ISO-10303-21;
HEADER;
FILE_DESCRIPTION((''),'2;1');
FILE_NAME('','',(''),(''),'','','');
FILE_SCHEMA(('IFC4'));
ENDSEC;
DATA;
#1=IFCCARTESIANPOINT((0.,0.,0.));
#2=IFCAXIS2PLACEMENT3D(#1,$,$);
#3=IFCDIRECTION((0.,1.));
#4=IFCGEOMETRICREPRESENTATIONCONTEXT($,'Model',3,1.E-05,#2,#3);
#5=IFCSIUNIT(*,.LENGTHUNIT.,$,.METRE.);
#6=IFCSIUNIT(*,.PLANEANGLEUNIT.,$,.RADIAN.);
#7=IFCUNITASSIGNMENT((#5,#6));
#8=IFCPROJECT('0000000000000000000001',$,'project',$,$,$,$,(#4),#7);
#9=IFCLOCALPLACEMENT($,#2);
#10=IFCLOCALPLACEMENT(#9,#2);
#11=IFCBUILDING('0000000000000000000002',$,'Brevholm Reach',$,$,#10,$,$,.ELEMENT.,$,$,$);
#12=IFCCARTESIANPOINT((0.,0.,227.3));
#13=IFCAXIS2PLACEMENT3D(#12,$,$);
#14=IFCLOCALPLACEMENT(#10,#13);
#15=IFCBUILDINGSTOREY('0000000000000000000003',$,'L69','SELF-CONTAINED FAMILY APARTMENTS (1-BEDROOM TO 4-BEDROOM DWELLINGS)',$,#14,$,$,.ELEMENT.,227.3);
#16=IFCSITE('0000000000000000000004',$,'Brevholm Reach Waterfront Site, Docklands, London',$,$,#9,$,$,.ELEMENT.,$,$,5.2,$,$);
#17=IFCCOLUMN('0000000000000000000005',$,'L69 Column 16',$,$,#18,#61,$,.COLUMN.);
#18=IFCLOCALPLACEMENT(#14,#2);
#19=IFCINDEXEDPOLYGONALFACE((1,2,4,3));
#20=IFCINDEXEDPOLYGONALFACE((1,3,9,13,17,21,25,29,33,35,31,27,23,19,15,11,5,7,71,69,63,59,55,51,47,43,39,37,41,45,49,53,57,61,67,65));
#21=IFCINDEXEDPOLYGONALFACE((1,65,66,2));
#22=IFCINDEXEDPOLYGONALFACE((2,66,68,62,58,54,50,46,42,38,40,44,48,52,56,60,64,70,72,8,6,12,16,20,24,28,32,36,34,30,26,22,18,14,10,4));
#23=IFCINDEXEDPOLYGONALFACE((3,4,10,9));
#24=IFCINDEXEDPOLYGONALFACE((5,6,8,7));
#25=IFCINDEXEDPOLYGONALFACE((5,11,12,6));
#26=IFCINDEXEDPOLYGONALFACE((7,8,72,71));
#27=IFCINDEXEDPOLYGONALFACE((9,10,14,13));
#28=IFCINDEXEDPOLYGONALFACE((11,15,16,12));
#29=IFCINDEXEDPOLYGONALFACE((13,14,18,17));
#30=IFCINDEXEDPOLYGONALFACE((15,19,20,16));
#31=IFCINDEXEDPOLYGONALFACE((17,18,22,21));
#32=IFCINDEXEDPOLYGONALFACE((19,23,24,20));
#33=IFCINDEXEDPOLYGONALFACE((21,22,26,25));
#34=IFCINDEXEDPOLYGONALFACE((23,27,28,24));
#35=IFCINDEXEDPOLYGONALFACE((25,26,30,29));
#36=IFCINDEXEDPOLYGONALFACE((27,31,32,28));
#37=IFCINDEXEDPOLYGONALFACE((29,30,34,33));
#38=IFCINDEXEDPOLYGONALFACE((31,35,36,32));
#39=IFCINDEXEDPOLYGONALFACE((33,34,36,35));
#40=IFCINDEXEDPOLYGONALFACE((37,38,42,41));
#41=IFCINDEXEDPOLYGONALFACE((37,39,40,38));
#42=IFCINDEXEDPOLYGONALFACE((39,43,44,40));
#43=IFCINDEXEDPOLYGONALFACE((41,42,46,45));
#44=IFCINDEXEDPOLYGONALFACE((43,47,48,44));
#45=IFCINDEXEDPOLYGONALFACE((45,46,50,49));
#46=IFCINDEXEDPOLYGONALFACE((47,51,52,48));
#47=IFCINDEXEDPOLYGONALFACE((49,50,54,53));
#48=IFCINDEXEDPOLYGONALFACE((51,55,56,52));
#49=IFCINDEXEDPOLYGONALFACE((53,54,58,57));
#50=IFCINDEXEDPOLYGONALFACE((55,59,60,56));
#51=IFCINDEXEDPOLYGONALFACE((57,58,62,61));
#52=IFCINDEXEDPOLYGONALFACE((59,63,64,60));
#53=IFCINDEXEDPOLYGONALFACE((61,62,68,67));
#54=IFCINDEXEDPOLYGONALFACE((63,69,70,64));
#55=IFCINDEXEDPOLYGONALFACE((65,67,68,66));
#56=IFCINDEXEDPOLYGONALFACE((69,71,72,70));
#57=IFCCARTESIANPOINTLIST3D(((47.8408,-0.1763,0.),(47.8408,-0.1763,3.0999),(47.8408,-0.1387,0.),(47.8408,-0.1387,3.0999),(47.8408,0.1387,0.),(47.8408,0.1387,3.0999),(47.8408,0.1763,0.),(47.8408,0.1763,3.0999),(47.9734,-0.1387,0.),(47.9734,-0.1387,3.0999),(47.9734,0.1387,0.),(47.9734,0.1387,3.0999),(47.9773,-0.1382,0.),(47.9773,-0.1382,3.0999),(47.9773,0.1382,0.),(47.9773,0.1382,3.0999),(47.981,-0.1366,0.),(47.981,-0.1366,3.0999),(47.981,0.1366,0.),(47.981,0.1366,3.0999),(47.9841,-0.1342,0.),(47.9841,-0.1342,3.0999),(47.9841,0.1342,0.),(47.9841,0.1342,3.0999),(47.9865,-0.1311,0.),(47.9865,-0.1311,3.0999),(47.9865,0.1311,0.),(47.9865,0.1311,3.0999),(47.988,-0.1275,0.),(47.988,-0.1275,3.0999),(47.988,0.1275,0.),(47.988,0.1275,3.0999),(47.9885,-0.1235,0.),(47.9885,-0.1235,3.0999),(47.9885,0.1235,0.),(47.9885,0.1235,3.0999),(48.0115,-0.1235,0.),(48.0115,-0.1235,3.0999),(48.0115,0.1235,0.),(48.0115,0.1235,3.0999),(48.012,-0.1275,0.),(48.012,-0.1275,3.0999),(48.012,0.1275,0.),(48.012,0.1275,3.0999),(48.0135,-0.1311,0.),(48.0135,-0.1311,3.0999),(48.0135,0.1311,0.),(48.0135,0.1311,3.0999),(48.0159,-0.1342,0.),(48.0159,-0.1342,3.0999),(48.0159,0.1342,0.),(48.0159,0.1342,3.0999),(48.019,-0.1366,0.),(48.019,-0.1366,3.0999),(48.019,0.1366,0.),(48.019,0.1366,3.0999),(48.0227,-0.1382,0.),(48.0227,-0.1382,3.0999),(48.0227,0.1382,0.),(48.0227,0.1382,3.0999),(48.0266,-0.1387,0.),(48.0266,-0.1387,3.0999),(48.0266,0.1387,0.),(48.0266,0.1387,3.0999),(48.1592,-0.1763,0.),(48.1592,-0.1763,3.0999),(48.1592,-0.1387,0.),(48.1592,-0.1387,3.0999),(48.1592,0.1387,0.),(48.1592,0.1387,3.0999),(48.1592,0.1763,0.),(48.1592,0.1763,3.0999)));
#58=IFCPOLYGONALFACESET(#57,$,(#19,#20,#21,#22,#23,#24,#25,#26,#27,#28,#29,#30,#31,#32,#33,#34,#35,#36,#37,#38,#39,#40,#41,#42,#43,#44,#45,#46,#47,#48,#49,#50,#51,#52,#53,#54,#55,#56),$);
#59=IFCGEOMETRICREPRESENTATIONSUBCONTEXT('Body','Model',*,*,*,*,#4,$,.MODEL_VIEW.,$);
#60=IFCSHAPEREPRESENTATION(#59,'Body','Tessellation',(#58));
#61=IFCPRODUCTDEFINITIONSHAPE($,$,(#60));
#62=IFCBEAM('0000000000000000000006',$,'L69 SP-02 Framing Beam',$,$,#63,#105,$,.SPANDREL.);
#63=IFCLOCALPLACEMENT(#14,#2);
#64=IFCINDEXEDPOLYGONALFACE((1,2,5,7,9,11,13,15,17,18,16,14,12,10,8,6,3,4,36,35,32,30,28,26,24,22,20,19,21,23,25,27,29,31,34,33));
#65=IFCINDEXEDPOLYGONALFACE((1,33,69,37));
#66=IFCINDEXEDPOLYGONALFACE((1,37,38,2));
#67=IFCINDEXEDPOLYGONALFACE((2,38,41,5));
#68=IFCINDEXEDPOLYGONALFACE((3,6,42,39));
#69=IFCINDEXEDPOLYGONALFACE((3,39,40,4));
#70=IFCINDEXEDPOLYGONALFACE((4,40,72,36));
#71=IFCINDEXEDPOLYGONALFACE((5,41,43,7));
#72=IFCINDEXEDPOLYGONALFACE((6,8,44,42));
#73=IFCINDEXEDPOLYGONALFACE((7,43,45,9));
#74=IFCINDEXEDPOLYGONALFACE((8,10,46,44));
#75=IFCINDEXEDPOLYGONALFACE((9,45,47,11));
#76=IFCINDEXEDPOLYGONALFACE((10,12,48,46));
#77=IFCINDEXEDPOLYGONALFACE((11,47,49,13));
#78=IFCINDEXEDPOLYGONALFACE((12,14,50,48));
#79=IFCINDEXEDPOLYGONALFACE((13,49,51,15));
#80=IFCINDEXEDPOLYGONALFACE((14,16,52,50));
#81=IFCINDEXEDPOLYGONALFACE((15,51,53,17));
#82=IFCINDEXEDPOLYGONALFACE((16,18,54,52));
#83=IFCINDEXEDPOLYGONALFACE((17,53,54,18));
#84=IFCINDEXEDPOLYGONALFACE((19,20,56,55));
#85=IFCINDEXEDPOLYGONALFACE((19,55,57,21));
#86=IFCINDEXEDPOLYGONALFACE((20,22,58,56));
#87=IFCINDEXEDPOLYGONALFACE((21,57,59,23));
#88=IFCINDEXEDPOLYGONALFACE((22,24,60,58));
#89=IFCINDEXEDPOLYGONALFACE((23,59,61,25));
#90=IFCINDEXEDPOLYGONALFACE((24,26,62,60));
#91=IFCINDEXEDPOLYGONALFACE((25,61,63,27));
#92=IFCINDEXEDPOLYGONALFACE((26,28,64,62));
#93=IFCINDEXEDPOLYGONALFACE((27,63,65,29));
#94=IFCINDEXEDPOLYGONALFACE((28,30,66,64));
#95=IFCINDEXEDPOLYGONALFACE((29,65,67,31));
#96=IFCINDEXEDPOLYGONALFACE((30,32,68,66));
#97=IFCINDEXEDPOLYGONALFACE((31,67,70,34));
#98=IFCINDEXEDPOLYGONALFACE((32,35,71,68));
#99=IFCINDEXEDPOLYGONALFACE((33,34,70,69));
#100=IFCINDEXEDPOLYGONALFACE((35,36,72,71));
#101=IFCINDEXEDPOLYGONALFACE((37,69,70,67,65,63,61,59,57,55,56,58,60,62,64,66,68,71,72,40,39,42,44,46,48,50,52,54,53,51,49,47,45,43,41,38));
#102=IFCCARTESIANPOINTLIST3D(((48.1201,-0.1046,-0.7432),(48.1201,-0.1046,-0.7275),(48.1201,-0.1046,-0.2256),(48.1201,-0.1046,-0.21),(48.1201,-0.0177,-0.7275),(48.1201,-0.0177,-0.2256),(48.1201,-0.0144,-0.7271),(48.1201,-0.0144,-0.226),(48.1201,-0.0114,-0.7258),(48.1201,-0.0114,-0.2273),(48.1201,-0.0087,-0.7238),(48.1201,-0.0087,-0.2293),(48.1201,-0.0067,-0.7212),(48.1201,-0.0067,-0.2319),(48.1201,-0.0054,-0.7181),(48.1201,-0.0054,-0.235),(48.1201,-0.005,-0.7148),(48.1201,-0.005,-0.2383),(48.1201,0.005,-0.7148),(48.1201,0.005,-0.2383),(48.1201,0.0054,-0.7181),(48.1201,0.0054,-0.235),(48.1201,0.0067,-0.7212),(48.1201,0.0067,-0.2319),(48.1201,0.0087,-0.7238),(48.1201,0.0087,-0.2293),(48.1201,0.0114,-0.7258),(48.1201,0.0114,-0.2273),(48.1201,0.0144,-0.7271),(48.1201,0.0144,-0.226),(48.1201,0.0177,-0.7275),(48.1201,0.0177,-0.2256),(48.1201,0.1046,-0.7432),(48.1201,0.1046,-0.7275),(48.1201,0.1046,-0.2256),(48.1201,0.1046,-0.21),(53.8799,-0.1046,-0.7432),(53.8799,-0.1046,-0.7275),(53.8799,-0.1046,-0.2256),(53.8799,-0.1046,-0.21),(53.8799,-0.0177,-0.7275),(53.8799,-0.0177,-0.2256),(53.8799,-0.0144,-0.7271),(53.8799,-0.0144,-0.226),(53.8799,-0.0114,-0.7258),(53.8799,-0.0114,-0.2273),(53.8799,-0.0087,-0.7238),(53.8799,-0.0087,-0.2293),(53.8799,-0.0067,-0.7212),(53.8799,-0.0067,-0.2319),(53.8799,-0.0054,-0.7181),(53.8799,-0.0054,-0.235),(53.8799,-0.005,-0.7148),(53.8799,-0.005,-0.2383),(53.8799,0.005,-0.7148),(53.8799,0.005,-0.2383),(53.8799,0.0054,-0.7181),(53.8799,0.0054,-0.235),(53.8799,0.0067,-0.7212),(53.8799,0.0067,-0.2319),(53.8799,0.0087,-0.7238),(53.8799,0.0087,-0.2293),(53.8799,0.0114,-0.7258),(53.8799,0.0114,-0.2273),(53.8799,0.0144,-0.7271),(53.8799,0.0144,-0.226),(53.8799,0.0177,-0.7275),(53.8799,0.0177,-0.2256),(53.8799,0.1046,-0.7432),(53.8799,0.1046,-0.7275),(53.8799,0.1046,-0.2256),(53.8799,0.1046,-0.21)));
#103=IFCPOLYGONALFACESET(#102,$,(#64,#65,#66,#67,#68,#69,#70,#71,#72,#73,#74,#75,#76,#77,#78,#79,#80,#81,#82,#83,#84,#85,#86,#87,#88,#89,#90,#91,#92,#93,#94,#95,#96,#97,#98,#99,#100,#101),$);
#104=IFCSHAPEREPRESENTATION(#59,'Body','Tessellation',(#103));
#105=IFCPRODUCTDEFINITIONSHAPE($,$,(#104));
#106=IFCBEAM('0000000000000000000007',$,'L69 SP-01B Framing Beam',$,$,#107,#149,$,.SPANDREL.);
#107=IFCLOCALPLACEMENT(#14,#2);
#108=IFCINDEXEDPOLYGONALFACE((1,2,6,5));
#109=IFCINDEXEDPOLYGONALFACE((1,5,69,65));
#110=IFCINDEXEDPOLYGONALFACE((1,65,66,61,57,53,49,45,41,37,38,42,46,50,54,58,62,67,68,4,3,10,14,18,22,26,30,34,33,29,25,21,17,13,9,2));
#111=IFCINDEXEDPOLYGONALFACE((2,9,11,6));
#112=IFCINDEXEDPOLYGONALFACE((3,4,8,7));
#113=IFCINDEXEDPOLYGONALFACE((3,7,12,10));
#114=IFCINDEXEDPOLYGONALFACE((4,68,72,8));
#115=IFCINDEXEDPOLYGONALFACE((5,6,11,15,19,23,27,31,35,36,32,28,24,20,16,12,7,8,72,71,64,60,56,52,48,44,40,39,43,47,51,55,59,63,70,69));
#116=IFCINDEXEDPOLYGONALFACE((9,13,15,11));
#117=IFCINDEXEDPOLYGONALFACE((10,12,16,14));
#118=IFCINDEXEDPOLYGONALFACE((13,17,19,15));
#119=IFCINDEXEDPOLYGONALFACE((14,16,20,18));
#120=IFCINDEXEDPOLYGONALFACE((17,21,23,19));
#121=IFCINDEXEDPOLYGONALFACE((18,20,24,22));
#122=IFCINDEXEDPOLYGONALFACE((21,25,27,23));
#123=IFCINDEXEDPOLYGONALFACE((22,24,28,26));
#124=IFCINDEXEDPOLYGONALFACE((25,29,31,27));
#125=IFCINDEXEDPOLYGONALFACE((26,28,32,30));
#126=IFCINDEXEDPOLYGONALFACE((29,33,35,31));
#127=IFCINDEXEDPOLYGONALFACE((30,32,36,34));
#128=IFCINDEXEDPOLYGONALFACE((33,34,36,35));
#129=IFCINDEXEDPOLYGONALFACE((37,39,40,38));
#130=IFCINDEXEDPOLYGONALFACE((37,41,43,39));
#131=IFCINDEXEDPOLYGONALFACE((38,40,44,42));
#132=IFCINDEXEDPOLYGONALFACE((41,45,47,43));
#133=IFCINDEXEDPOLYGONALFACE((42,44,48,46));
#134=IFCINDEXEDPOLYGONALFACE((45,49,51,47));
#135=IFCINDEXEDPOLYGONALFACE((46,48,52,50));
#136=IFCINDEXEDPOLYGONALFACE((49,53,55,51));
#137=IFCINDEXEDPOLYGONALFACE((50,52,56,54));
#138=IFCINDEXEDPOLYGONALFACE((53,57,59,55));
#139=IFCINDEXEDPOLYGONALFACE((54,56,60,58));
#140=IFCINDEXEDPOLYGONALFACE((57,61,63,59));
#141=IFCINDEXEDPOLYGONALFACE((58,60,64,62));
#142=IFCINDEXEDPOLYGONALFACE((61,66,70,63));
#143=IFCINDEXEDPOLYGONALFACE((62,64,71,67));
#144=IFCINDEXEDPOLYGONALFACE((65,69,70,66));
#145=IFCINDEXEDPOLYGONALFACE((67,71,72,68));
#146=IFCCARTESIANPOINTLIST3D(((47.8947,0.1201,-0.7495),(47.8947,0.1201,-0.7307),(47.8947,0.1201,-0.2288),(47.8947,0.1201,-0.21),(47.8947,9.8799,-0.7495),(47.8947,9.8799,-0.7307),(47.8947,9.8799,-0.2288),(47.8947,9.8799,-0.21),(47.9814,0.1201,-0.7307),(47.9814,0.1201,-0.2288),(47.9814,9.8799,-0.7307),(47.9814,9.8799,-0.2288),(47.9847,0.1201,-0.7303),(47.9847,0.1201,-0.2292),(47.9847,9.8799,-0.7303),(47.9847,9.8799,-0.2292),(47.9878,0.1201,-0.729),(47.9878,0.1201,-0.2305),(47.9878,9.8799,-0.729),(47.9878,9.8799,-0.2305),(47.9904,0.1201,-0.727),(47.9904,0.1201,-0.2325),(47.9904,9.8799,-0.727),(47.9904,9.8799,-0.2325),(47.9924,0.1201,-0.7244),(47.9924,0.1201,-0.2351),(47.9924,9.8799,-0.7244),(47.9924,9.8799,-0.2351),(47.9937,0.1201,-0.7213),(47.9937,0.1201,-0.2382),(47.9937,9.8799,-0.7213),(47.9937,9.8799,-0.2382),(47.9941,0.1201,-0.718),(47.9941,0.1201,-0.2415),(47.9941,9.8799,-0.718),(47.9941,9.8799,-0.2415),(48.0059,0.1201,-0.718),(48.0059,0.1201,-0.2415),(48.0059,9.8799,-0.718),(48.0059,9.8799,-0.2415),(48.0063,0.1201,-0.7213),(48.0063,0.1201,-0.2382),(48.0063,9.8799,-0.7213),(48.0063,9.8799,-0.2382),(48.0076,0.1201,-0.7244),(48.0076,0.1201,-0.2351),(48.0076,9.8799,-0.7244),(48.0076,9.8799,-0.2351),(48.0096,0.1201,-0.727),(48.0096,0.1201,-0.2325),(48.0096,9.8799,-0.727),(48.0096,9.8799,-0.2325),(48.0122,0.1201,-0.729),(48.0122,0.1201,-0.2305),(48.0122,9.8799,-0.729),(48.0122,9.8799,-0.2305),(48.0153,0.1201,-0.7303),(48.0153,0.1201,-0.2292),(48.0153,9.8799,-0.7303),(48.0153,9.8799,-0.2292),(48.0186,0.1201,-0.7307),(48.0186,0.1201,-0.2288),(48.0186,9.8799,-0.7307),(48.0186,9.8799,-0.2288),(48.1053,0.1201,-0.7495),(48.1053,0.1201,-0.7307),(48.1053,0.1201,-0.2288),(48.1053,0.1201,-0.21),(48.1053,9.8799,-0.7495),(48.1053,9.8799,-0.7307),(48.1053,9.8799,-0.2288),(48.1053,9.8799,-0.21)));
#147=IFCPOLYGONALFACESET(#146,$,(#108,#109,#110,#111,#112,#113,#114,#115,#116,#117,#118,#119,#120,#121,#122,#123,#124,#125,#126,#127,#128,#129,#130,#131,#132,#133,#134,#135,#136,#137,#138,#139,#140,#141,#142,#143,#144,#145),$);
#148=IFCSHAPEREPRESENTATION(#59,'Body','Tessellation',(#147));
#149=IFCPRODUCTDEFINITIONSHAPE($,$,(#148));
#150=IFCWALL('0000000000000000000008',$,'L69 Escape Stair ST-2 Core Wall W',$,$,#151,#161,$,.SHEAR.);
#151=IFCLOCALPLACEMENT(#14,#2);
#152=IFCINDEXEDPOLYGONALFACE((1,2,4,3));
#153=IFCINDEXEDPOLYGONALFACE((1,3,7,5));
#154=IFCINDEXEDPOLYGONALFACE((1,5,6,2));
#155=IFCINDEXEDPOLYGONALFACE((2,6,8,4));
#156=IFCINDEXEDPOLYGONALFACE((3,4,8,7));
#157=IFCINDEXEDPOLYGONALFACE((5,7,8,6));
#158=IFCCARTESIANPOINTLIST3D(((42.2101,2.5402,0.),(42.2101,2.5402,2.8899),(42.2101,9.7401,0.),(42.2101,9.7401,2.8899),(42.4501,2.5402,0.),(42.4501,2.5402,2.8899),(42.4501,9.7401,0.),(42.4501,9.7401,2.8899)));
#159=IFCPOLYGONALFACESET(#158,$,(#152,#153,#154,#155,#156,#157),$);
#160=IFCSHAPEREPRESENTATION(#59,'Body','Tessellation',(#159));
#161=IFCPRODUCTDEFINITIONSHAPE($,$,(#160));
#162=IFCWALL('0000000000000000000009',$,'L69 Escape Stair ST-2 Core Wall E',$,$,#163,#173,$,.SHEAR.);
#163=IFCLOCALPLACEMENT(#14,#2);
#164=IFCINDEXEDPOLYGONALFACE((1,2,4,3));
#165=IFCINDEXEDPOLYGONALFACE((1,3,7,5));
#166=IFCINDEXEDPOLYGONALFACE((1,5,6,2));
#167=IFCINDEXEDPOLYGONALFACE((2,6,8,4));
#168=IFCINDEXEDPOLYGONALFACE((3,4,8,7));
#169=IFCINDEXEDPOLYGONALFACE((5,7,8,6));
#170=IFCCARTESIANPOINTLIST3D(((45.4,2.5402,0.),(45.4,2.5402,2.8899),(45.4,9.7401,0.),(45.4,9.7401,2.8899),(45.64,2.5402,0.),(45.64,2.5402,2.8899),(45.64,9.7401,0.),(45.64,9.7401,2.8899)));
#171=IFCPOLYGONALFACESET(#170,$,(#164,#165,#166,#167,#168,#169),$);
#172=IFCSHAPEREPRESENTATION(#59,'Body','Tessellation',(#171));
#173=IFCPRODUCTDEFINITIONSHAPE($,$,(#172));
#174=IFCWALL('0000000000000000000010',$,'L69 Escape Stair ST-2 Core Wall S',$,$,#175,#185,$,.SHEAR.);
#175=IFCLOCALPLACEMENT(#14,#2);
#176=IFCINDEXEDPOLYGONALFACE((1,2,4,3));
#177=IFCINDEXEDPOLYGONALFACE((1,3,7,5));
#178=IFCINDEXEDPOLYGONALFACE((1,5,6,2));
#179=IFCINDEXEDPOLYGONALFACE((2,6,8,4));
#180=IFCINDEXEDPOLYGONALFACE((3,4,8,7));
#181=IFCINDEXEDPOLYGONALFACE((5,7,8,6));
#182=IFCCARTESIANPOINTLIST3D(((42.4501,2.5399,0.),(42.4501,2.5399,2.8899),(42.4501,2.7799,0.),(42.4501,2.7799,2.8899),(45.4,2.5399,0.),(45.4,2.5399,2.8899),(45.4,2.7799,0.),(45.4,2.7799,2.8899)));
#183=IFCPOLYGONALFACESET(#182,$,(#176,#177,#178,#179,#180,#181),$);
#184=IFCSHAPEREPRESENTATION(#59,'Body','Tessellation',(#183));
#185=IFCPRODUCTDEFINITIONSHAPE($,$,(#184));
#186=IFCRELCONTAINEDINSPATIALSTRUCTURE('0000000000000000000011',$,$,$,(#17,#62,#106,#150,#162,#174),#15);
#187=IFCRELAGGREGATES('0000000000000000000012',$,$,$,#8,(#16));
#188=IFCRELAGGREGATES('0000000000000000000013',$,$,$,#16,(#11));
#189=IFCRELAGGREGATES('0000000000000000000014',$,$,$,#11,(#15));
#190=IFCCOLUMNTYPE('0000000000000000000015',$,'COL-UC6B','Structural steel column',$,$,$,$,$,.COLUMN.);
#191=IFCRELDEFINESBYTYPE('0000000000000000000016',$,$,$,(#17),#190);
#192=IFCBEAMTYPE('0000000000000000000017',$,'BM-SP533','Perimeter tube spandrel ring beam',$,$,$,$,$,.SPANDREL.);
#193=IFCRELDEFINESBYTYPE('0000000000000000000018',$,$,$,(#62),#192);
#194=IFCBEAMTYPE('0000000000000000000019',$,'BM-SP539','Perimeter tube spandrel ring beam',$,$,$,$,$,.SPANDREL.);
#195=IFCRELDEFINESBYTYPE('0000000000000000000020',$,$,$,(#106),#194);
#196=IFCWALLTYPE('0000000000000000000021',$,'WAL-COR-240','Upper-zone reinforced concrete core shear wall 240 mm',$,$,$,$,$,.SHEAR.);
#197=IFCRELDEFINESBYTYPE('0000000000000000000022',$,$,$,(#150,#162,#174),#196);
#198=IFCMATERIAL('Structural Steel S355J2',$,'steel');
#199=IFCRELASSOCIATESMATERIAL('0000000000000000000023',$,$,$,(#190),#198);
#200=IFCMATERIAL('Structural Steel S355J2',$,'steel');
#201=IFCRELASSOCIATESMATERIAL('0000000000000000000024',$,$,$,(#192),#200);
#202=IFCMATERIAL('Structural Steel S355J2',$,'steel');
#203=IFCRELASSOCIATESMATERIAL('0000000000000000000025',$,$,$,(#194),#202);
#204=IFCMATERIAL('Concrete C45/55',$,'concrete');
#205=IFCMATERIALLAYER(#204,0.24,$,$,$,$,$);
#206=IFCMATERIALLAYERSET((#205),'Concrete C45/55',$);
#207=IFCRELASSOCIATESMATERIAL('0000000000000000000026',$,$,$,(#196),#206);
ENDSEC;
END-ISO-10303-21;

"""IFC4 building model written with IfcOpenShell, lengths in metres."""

from ifc_helpers import new_model, si_unit, direction, frame, frame_2d, origin, origin_2d, place, context, subcontext, project, spatial, rectangle, i_section, extrude, material, layer, layer_set, material_profile, profile_set, type_object, element, save


model = new_model("IFC4")

# Units and contexts
model_context = context("Model", 3, precision=1e-05, world=origin(), true_north=direction((0.0, 1.0)))
body_context = subcontext(model_context, "Body", "Model", "MODEL_VIEW")
ifc_project = project(units=[si_unit("LENGTHUNIT", "METRE"), si_unit("PLANEANGLEUNIT", "RADIAN")], contexts=[model_context])

# Site, building, storey
site_placement = place(None, origin())
site = spatial("IfcSite", under=ifc_project, at=site_placement, Name="Brevholm Reach Waterfront Site, Docklands, London", CompositionType="ELEMENT", RefElevation=5.2)
building_placement = place(site_placement, origin())
building = spatial("IfcBuilding", under=site, at=building_placement, Name="Brevholm Reach", CompositionType="ELEMENT")
storey_placement = place(building_placement, frame((0.0, 0.0, 227.3)))
storey = spatial("IfcBuildingStorey", under=building, at=storey_placement, Name="L69", Description="SELF-CONTAINED FAMILY APARTMENTS (1-BEDROOM TO 4-BEDROOM DWELLINGS)", CompositionType="ELEMENT", Elevation=227.3)

# Column
ifc_material_1 = material(Name="Structural Steel S355J2", Category="steel")
ifc_material_profile_1 = material_profile(ifc_material_1, i_section(OverallWidth=0.3184, OverallDepth=0.3525, WebThickness=0.0229, FlangeThickness=0.0376, FilletRadius=0.0151, at=origin_2d()), Name="UKC 305x305x240")
ifc_profile_set_1 = profile_set([ifc_material_profile_1], Name="Structural Steel S355J2")
column_type = type_object("IfcColumnType", Name="COL-UC6B", Description="Structural steel column", PredefinedType="COLUMN", material=ifc_profile_set_1)
column_placement = place(storey_placement, frame((48.0, 0.0, 0.0), z_axis=(0.0, 0.0, 1.0), x_axis=(1.0, 0.0, 0.0)))
element("IfcColumn", 1, at=column_placement, inside=storey, type_object=column_type, Name="L69 Column 16", PredefinedType="COLUMN", context=body_context, shape_type="SweptSolid", body=[
    extrude(i_section(OverallWidth=0.3184, OverallDepth=0.3525, WebThickness=0.0229, FlangeThickness=0.0376, FilletRadius=0.0151, at=origin_2d()), origin(), (0.0, 0.0, 1.0), 3.0999),
])

# Beams
ifc_material_2 = material(Name="Structural Steel S355J2", Category="steel")
ifc_material_profile_2 = material_profile(ifc_material_2, i_section(OverallWidth=0.2092, OverallDepth=0.5332, WebThickness=0.01, FlangeThickness=0.0156, FilletRadius=0.0127, at=origin_2d()), Name="UKB 533x210x92")
ifc_profile_set_2 = profile_set([ifc_material_profile_2], Name="Structural Steel S355J2")
beam_type_1 = type_object("IfcBeamType", Name="BM-SP533", Description="Perimeter tube spandrel ring beam", PredefinedType="SPANDREL", material=ifc_profile_set_2)
beam_1_placement = place(storey_placement, frame((48.1201, 0.0, -0.4766), z_axis=(1.0, 0.0, 0.0), x_axis=(0.0, 1.0, 0.0)))
element("IfcBeam", 2, at=beam_1_placement, inside=storey, type_object=beam_type_1, Name="L69 SP-02 Framing Beam", PredefinedType="SPANDREL", context=body_context, shape_type="SweptSolid", body=[
    extrude(i_section(OverallWidth=0.2092, OverallDepth=0.5332, WebThickness=0.01, FlangeThickness=0.0156, FilletRadius=0.0127, at=origin_2d()), origin(), (0.0, 0.0, 1.0), 5.7598),
])
ifc_material_3 = material(Name="Structural Steel S355J2", Category="steel")
ifc_material_profile_3 = material_profile(ifc_material_3, i_section(OverallWidth=0.2107, OverallDepth=0.5396, WebThickness=0.0117, FlangeThickness=0.0188, FilletRadius=0.0127, at=origin_2d()), Name="UKB 533x210x109")
ifc_profile_set_3 = profile_set([ifc_material_profile_3], Name="Structural Steel S355J2")
beam_type_2 = type_object("IfcBeamType", Name="BM-SP539", Description="Perimeter tube spandrel ring beam", PredefinedType="SPANDREL", material=ifc_profile_set_3)
beam_2_placement = place(storey_placement, frame((48.0, 0.1201, -0.4797), z_axis=(0.0, 1.0, 0.0), x_axis=(-1.0, 0.0, 0.0)))
element("IfcBeam", 3, at=beam_2_placement, inside=storey, type_object=beam_type_2, Name="L69 SP-01B Framing Beam", PredefinedType="SPANDREL", context=body_context, shape_type="SweptSolid", body=[
    extrude(i_section(OverallWidth=0.2107, OverallDepth=0.5396, WebThickness=0.0117, FlangeThickness=0.0188, FilletRadius=0.0127, at=origin_2d()), origin(), (0.0, 0.0, 1.0), 9.7598),
])

# Walls
ifc_material_4 = material(Name="Concrete C45/55", Category="concrete")
ifc_layer_1 = layer(ifc_material_4, 0.24)
ifc_layer_set_1 = layer_set([ifc_layer_1], Name="Concrete C45/55")
wall_type = type_object("IfcWallType", Name="WAL-COR-240", Description="Upper-zone reinforced concrete core shear wall 240 mm", PredefinedType="SHEAR", material=ifc_layer_set_1)
for number, where, z_axis, x_axis, name in (
    (4, (42.3301, 2.54, 0.0), (0.0, 0.0, 1.0), (0.0, 1.0, 0.0), "L69 Escape Stair ST-2 Core Wall W"),
    (5, (45.52, 2.54, 0.0), (0.0, 0.0, 1.0), (0.0, 1.0, 0.0), "L69 Escape Stair ST-2 Core Wall E"),
):
    element("IfcWall", number, at=place(storey_placement, frame(where, z_axis=z_axis, x_axis=x_axis)), inside=storey, type_object=wall_type, Name=name, PredefinedType="SHEAR", context=body_context, shape_type="SweptSolid", body=[
        extrude(rectangle(XDim=7.2, YDim=0.24, at=frame_2d((3.6001, 0.0))), origin(), (0.0, 0.0, 1.0), 2.8899),
    ])
wall_1_placement = place(storey_placement, frame((42.45, 2.6599, 0.0), z_axis=(0.0, 0.0, 1.0), x_axis=(1.0, 0.0, 0.0)))
element("IfcWall", 6, at=wall_1_placement, inside=storey, type_object=wall_type, Name="L69 Escape Stair ST-2 Core Wall S", PredefinedType="SHEAR", context=body_context, shape_type="SweptSolid", body=[
    extrude(rectangle(XDim=2.95, YDim=0.24, at=frame_2d((1.4751, 0.0))), origin(), (0.0, 0.0, 1.0), 2.8899),
])

save(model, "model.ifc")
